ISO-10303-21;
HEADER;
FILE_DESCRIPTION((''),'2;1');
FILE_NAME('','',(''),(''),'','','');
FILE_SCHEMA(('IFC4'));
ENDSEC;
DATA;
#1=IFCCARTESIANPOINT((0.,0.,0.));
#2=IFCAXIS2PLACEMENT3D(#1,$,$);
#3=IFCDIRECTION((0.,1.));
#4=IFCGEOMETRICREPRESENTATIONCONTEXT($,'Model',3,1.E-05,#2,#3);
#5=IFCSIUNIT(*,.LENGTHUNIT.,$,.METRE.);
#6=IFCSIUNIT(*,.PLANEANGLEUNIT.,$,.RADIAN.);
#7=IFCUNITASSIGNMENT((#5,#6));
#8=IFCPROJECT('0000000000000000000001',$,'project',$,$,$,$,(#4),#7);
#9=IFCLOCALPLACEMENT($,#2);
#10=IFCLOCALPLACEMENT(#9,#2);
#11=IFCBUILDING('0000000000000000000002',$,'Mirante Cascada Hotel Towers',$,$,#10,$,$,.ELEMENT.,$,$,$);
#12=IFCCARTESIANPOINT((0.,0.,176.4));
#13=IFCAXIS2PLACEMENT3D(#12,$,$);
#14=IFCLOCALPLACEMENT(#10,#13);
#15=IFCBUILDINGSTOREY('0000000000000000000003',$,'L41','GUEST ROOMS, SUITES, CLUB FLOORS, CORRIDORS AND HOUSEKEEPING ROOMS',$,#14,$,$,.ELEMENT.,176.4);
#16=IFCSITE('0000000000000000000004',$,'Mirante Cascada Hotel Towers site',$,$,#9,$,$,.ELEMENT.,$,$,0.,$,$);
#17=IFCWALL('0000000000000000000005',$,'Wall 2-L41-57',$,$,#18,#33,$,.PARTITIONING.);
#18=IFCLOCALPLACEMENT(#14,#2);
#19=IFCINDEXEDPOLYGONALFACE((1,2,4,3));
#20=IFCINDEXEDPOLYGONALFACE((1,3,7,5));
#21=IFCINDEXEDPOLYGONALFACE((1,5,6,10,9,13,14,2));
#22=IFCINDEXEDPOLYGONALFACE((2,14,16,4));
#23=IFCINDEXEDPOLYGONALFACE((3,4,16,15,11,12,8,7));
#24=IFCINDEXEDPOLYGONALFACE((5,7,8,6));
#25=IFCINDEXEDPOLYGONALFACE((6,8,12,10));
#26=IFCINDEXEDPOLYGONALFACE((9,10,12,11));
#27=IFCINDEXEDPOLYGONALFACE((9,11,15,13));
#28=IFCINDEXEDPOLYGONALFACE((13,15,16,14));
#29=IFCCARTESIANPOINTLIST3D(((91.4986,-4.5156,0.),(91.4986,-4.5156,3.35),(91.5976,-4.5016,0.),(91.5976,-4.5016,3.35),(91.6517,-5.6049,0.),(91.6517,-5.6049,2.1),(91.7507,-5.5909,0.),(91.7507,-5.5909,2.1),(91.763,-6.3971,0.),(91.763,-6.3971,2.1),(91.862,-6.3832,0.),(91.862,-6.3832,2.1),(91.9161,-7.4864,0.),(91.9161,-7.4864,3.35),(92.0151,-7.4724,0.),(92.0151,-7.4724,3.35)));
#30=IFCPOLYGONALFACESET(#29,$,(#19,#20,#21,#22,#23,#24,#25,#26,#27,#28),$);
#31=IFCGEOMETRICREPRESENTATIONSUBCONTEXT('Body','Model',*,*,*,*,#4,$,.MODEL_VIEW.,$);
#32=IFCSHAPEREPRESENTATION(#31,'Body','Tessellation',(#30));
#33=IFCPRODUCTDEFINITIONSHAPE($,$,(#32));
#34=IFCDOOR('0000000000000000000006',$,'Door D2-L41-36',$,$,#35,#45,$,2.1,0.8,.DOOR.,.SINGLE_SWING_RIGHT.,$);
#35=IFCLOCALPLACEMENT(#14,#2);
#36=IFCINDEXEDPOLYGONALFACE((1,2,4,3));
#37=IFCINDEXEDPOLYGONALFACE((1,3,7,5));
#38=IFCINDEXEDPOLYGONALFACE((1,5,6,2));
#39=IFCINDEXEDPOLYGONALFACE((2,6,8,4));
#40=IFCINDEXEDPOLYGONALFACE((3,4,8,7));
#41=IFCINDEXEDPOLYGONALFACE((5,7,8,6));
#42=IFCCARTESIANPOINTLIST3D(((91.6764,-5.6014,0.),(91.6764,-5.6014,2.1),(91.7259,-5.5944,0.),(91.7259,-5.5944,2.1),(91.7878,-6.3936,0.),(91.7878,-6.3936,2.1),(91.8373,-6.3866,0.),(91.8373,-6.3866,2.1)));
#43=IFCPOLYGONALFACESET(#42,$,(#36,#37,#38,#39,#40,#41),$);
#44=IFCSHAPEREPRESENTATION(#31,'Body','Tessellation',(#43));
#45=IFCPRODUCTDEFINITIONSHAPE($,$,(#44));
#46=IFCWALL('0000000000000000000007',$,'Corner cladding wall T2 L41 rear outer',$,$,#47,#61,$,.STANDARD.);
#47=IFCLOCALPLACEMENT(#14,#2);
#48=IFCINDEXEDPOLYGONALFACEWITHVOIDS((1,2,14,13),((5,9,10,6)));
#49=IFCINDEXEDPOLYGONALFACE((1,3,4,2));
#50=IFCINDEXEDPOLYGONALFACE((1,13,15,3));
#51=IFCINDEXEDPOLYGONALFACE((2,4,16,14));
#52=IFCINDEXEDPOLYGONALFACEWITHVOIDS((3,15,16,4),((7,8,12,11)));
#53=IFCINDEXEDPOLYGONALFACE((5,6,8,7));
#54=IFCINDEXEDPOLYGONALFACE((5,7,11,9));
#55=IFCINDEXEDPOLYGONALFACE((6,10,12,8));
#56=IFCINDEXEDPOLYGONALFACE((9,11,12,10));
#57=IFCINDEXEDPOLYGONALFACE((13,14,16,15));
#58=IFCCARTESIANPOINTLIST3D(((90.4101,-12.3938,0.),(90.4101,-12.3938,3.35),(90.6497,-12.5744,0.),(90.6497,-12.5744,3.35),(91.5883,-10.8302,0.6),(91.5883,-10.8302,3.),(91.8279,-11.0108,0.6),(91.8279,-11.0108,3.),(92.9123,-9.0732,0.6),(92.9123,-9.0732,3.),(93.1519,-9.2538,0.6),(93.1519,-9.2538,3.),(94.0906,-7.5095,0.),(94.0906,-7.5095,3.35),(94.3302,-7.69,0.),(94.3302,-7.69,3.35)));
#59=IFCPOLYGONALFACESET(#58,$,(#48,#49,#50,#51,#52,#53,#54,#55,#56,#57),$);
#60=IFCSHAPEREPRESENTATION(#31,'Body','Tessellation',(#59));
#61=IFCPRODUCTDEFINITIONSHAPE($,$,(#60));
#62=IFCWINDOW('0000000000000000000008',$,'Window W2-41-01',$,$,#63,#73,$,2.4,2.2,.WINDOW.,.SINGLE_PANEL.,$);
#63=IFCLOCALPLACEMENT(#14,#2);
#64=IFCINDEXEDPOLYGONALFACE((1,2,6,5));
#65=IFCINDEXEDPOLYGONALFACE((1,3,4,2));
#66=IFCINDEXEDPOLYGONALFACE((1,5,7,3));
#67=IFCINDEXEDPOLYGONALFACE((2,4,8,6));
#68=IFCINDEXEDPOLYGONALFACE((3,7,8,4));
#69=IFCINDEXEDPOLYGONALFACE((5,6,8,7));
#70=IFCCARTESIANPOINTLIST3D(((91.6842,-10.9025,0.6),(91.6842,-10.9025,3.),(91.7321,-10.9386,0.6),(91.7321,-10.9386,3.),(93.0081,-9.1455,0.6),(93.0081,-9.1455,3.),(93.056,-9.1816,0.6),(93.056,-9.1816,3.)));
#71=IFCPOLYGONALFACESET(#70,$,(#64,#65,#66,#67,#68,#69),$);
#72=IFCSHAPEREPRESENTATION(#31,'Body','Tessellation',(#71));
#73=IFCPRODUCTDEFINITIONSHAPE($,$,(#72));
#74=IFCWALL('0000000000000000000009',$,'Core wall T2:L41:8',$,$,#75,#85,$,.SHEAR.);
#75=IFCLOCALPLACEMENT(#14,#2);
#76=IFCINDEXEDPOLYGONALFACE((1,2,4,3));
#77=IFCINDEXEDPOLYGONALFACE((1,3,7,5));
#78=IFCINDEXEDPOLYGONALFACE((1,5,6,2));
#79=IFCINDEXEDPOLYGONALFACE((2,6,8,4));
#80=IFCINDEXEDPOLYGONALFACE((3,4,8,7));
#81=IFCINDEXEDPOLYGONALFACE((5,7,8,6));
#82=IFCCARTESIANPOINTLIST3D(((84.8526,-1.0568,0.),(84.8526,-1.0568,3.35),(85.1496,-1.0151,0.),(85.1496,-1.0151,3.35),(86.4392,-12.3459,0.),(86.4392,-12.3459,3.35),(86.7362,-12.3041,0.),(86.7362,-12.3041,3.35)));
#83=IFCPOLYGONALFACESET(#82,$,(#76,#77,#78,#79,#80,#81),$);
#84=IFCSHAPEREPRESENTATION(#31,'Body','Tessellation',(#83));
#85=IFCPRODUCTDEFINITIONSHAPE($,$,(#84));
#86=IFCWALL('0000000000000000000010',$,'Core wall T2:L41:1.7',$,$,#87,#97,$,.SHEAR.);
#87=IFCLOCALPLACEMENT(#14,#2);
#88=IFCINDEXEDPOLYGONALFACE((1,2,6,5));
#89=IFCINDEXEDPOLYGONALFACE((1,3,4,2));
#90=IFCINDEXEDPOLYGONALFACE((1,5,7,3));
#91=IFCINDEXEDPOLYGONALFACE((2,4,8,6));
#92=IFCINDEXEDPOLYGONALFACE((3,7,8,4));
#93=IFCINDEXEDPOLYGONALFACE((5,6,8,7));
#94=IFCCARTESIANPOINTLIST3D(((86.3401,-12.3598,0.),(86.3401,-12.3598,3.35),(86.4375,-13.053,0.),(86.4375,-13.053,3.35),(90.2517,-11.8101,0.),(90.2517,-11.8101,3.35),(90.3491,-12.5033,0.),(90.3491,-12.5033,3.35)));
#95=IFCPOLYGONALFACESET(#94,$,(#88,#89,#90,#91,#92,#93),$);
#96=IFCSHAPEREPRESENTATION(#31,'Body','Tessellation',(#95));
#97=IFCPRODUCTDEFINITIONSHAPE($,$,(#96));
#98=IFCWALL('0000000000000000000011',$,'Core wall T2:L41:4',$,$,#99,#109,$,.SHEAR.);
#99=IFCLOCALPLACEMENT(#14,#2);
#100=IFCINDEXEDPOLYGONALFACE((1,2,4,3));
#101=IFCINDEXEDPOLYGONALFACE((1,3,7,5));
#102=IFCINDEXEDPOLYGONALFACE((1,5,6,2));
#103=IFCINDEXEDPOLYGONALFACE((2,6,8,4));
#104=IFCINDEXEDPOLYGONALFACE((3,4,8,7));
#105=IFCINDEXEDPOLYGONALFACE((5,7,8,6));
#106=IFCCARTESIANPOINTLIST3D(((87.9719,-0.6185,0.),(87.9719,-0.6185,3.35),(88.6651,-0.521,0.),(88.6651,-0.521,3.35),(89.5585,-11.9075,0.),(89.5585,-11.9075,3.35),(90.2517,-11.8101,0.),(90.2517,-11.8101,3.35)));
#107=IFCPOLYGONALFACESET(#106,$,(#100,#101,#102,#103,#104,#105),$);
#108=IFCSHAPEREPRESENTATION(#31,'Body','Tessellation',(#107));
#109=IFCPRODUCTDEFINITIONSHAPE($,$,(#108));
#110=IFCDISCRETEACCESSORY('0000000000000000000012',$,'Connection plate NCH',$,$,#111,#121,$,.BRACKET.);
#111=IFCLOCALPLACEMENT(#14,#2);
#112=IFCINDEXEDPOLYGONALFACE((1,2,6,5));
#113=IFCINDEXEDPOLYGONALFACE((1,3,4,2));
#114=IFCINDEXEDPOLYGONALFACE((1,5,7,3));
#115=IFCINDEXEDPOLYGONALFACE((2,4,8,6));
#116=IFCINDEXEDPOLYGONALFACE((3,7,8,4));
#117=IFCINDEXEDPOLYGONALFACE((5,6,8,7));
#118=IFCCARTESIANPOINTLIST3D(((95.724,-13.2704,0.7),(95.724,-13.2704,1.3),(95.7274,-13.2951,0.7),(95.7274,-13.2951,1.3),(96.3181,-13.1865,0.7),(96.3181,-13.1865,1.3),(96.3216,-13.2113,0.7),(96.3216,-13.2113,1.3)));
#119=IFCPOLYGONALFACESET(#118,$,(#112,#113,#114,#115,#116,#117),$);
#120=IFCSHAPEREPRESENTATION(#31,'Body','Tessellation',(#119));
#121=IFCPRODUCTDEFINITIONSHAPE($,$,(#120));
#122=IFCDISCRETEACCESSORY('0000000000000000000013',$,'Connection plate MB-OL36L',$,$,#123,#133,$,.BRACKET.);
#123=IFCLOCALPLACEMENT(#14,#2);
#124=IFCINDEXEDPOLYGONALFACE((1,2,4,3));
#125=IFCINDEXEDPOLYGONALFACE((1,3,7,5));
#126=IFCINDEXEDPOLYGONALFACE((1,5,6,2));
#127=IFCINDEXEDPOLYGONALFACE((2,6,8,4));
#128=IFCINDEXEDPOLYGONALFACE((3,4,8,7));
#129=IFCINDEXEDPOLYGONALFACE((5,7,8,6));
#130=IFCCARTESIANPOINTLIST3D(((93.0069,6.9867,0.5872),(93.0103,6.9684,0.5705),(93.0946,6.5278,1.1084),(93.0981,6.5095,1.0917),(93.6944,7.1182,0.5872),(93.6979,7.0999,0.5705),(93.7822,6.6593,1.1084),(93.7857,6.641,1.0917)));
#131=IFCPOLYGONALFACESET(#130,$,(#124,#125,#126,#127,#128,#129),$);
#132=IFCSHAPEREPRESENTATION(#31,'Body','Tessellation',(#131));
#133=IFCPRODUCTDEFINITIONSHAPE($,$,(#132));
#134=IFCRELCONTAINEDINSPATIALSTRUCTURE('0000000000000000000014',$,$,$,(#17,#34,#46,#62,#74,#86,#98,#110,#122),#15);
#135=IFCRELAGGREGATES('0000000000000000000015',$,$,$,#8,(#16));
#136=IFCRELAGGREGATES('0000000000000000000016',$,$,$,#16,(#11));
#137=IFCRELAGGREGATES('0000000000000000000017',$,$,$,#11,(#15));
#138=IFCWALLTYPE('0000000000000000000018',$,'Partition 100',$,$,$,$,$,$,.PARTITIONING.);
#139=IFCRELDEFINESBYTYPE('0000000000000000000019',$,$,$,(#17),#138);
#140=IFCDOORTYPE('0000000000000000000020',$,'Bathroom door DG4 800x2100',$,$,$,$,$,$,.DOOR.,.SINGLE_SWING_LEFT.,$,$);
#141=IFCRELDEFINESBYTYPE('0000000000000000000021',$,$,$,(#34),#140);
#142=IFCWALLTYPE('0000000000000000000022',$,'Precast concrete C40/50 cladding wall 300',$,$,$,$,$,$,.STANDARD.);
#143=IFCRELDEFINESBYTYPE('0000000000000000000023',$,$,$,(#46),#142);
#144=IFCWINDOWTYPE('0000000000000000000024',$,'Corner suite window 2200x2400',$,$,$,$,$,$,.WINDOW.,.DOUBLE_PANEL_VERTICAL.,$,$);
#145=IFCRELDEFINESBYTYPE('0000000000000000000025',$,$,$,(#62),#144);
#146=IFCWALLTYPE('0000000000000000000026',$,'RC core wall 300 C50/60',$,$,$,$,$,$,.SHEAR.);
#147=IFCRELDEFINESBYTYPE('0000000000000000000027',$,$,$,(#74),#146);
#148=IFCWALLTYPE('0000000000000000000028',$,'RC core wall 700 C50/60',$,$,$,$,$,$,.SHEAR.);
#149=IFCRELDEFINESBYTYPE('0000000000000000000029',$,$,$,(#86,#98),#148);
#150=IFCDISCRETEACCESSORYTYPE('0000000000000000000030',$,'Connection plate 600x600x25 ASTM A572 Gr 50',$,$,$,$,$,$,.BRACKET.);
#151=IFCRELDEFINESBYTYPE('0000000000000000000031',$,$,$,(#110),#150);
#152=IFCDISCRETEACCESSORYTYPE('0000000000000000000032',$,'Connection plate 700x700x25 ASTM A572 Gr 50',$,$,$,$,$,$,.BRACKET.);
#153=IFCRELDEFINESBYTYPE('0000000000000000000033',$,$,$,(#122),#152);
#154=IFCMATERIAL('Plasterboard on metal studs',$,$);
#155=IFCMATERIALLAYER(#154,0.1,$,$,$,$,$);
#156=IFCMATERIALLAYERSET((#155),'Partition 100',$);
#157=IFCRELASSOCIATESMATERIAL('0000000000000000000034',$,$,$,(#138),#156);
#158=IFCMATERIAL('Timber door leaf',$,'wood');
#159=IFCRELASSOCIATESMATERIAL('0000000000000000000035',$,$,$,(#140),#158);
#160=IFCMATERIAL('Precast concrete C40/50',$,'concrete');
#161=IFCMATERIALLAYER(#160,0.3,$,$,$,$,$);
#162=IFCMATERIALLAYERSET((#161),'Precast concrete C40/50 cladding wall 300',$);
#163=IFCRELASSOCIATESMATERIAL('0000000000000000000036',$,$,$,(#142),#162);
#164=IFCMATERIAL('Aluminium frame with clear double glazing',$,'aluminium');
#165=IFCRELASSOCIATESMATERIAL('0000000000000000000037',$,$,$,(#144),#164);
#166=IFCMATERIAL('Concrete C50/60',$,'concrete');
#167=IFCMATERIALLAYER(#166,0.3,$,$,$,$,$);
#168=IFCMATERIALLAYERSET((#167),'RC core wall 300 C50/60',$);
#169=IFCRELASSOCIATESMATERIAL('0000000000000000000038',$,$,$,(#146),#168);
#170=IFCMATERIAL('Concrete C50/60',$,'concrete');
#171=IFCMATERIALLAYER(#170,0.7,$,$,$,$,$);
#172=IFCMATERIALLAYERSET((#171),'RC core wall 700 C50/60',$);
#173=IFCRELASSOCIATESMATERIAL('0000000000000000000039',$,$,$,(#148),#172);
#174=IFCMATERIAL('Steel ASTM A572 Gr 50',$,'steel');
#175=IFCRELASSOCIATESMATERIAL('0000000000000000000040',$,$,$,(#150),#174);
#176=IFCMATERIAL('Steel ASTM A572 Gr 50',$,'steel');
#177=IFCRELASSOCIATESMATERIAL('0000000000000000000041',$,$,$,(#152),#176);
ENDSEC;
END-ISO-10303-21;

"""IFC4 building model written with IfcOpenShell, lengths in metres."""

from ifc_helpers import new_model, si_unit, direction, frame, frame_2d, origin, origin_2d, place, context, subcontext, project, spatial, rectangle, extrude, material, layer, layer_set, material_profile, profile_set, type_object, element, fill, save


model = new_model("IFC4")

# Units and contexts
model_context = context("Model", 3, precision=1e-05, world=origin(), true_north=direction((0.0, 1.0)))
body_context = subcontext(model_context, "Body", "Model", "MODEL_VIEW")
ifc_project = project(units=[si_unit("LENGTHUNIT", "METRE"), si_unit("PLANEANGLEUNIT", "RADIAN")], contexts=[model_context])

# Site, building, storey
site_placement = place(None, origin())
site = spatial("IfcSite", under=ifc_project, at=site_placement, Name="Mirante Cascada Hotel Towers site", CompositionType="ELEMENT", RefElevation=0.0)
building_placement = place(site_placement, origin())
building = spatial("IfcBuilding", under=site, at=building_placement, Name="Mirante Cascada Hotel Towers", CompositionType="ELEMENT")
storey_placement = place(building_placement, frame((0.0, 0.0, 176.4)))
storey = spatial("IfcBuildingStorey", under=building, at=storey_placement, Name="L41", Description="GUEST ROOMS, SUITES, CLUB FLOORS, CORRIDORS AND HOUSEKEEPING ROOMS", CompositionType="ELEMENT", Elevation=176.4)

# Shared definitions
ifc_material_1 = material(Name="Plasterboard on metal studs")
ifc_layer_1 = layer(ifc_material_1, 0.1)
ifc_layer_set_1 = layer_set([ifc_layer_1], Name="Partition 100")
wall_type_1 = type_object("IfcWallType", Name="Partition 100", PredefinedType="PARTITIONING", material=ifc_layer_set_1)

# Wall, opening, door
ifc_material_2 = material(Name="Timber door leaf", Category="wood")
door_type_1 = type_object("IfcDoorType", Name="Bathroom door DG4 800x2100", OperationType="SINGLE_SWING_LEFT", PredefinedType="DOOR", material=ifc_material_2)
wall_1_placement = place(storey_placement, frame((91.5481, -4.5086, 0.0), z_axis=(0.0, 0.0, 1.0), x_axis=(0.139167, -0.990269, 0.0)))
wall_1 = element("IfcWall", 1, at=wall_1_placement, inside=storey, type_object=wall_type_1, Name="Wall 2-L41-57", PredefinedType="PARTITIONING", context=body_context, shape_type="SweptSolid", body=[
    extrude(rectangle(XDim=3.0, YDim=0.1, at=frame_2d((1.5, 0.0))), origin(), (0.0, 0.0, 1.0), 3.35),
])
opening_1_placement = place(wall_1_placement, frame((1.1, 0.0, 0.0)))
opening_1 = element("IfcOpeningElement", 2, at=opening_1_placement, cuts=wall_1, PredefinedType="OPENING", context=body_context, shape_type="SweptSolid", body=[
    extrude(rectangle(XDim=0.8, YDim=2.1, at=frame_2d((0.4, 1.05))), frame((0.0, 0.05, 0.0), z_axis=(0.0, -1.0, 0.0), x_axis=(1.0, 0.0, 0.0)), (0.0, 0.0, 1.0), 0.1),
])
door_1_placement = place(opening_1_placement, frame((0.8, 0.0, 0.0), z_axis=(0.0, 0.0, 1.0), x_axis=(-1.0, 0.0, 0.0)))
door_1 = element("IfcDoor", 3, at=door_1_placement, inside=storey, type_object=door_type_1, Name="Door D2-L41-36", OperationType="SINGLE_SWING_RIGHT", OverallHeight=2.1, OverallWidth=0.8, PredefinedType="DOOR", context=body_context, shape_type="SweptSolid", body=[
    extrude(rectangle(XDim=0.8, YDim=2.1, at=frame_2d((0.4, 1.05))), frame((0.0, 0.025, 0.0), z_axis=(0.0, -1.0, 0.0), x_axis=(1.0, 0.0, 0.0)), (0.0, 0.0, 1.0), 0.05),
])
fill(opening_1, door_1)

# Wall, opening, window
ifc_material_3 = material(Name="Precast concrete C40/50", Category="concrete")
ifc_layer_2 = layer(ifc_material_3, 0.3)
ifc_layer_set_2 = layer_set([ifc_layer_2], Name="Precast concrete C40/50 cladding wall 300")
wall_type_2 = type_object("IfcWallType", Name="Precast concrete C40/50 cladding wall 300", PredefinedType="STANDARD", material=ifc_layer_set_2)
wall_2_placement = place(storey_placement, frame((90.5299, -12.4841, 0.0), z_axis=(0.0, 0.0, 1.0), x_axis=(0.601806, 0.798642, 0.0)))
wall_2 = element("IfcWall", 4, at=wall_2_placement, inside=storey, type_object=wall_type_2, Name="Corner cladding wall T2 L41 rear outer", PredefinedType="STANDARD", context=body_context, shape_type="SweptSolid", body=[
    extrude(rectangle(XDim=6.1158, YDim=0.3, at=frame_2d((3.0579, 0.0))), origin(), (0.0, 0.0, 1.0), 3.35),
])
opening_2_placement = place(wall_2_placement, frame((1.9578, 0.0, 0.6)))
opening_2 = element("IfcOpeningElement", 5, at=opening_2_placement, cuts=wall_2, PredefinedType="OPENING", context=body_context, shape_type="SweptSolid", body=[
    extrude(rectangle(XDim=2.2, YDim=2.4, at=frame_2d((1.1, 1.2))), frame((0.0, 0.15, 0.0), z_axis=(0.0, -1.0, 0.0), x_axis=(1.0, 0.0, 0.0)), (0.0, 0.0, 1.0), 0.3),
])
ifc_material_4 = material(Name="Aluminium frame with clear double glazing", Category="aluminium")
window_type = type_object("IfcWindowType", Name="Corner suite window 2200x2400", PartitioningType="DOUBLE_PANEL_VERTICAL", PredefinedType="WINDOW", material=ifc_material_4)
window_placement = place(opening_2_placement, origin())
window = element("IfcWindow", 6, at=window_placement, inside=storey, type_object=window_type, Name="Window W2-41-01", OverallHeight=2.4, OverallWidth=2.2, PartitioningType="SINGLE_PANEL", PredefinedType="WINDOW", context=body_context, shape_type="SweptSolid", body=[
    extrude(rectangle(XDim=2.2, YDim=2.4, at=frame_2d((1.1, 1.2))), frame((0.0, 0.03, 0.0), z_axis=(0.0, -1.0, 0.0), x_axis=(1.0, 0.0, 0.0)), (0.0, 0.0, 1.0), 0.06),
])
fill(opening_2, window)

# Walls
ifc_material_5 = material(Name="Concrete C50/60", Category="concrete")
ifc_layer_3 = layer(ifc_material_5, 0.3)
ifc_layer_set_3 = layer_set([ifc_layer_3], Name="RC core wall 300 C50/60")
wall_type_3 = type_object("IfcWallType", Name="RC core wall 300 C50/60", PredefinedType="SHEAR", material=ifc_layer_set_3)
wall_3_placement = place(storey_placement, frame((86.5877, -12.325, 0.0), z_axis=(0.0, 0.0, 1.0), x_axis=(-0.139175, 0.990268, 0.0)))
element("IfcWall", 7, at=wall_3_placement, inside=storey, type_object=wall_type_3, Name="Core wall T2:L41:8", PredefinedType="SHEAR", context=body_context, shape_type="SweptSolid", body=[
    extrude(rectangle(XDim=11.4, YDim=0.3, at=frame_2d((5.7, 0.0))), origin(), (0.0, 0.0, 1.0), 3.35),
])
ifc_material_6 = material(Name="Concrete C50/60", Category="concrete")
ifc_layer_4 = layer(ifc_material_6, 0.7)
ifc_layer_set_4 = layer_set([ifc_layer_4], Name="RC core wall 700 C50/60")
wall_type_4 = type_object("IfcWallType", Name="RC core wall 700 C50/60", PredefinedType="SHEAR", material=ifc_layer_set_4)
wall_4_placement = place(storey_placement, frame((86.3888, -12.7064, 0.0), z_axis=(0.0, 0.0, 1.0), x_axis=(0.990269, 0.139163, 0.0)))
element("IfcWall", 8, at=wall_4_placement, inside=storey, type_object=wall_type_4, Name="Core wall T2:L41:1.7", PredefinedType="SHEAR", context=body_context, shape_type="SweptSolid", body=[
    extrude(rectangle(XDim=3.95, YDim=0.7, at=frame_2d((1.975, 0.0))), origin(), (0.0, 0.0, 1.0), 3.35),
])
wall_5_placement = place(storey_placement, frame((89.9051, -11.8588, 0.0), z_axis=(0.0, 0.0, 1.0), x_axis=(-0.139175, 0.990268, 0.0)))
element("IfcWall", 9, at=wall_5_placement, inside=storey, type_object=wall_type_4, Name="Core wall T2:L41:4", PredefinedType="SHEAR", context=body_context, shape_type="SweptSolid", body=[
    extrude(rectangle(XDim=11.4, YDim=0.7, at=frame_2d((5.7, 0.0))), origin(), (0.0, 0.0, 1.0), 3.35),
])

# Discrete accessories
ifc_material_7 = material(Name="Steel ASTM A572 Gr 50", Category="steel")
ifc_material_profile_1 = material_profile(ifc_material_7, rectangle(XDim=0.6, YDim=0.6, at=origin_2d()), Name="Connection plate 600x600x25 ASTM A572 Gr 50")
ifc_profile_set_1 = profile_set([ifc_material_profile_1], Name="Steel ASTM A572 Gr 50")
discrete_accessory_type_1 = type_object("IfcDiscreteAccessoryType", Name="Connection plate 600x600x25 ASTM A572 Gr 50", PredefinedType="BRACKET", material=ifc_profile_set_1)
discrete_accessory_1_placement = place(storey_placement, frame((96.0245, -13.2532, 1.0), z_axis=(-0.139744, 0.990188, 0.0), x_axis=(-0.990188, -0.139744, 0.0)))
element("IfcDiscreteAccessory", 10, at=discrete_accessory_1_placement, inside=storey, type_object=discrete_accessory_type_1, Name="Connection plate NCH", PredefinedType="BRACKET", context=body_context, shape_type="SweptSolid", body=[
    extrude(rectangle(XDim=0.6, YDim=0.6, at=origin_2d()), origin(), (0.0, 0.0, 1.0), 0.025),
])
ifc_material_8 = material(Name="Steel ASTM A572 Gr 50", Category="steel")
ifc_material_profile_2 = material_profile(ifc_material_8, rectangle(XDim=0.7, YDim=0.7, at=origin_2d()), Name="Connection plate 700x700x25 ASTM A572 Gr 50")
ifc_profile_set_2 = profile_set([ifc_material_profile_2], Name="Steel ASTM A572 Gr 50")
discrete_accessory_type_2 = type_object("IfcDiscreteAccessoryType", Name="Connection plate 700x700x25 ASTM A572 Gr 50", PredefinedType="BRACKET", material=ifc_profile_set_2)
discrete_accessory_2_placement = place(storey_placement, frame((93.398, 6.8047, 0.8311), z_axis=(-0.139885, 0.731398, 0.66745), x_axis=(-0.982197, -0.187852, 0.0)))
element("IfcDiscreteAccessory", 11, at=discrete_accessory_2_placement, inside=storey, type_object=discrete_accessory_type_2, Name="Connection plate MB-OL36L", PredefinedType="BRACKET", context=body_context, shape_type="SweptSolid", body=[
    extrude(rectangle(XDim=0.7, YDim=0.7, at=origin_2d()), origin(), (0.0, 0.0, 1.0), 0.025),
])

save(model, "model.ifc")
